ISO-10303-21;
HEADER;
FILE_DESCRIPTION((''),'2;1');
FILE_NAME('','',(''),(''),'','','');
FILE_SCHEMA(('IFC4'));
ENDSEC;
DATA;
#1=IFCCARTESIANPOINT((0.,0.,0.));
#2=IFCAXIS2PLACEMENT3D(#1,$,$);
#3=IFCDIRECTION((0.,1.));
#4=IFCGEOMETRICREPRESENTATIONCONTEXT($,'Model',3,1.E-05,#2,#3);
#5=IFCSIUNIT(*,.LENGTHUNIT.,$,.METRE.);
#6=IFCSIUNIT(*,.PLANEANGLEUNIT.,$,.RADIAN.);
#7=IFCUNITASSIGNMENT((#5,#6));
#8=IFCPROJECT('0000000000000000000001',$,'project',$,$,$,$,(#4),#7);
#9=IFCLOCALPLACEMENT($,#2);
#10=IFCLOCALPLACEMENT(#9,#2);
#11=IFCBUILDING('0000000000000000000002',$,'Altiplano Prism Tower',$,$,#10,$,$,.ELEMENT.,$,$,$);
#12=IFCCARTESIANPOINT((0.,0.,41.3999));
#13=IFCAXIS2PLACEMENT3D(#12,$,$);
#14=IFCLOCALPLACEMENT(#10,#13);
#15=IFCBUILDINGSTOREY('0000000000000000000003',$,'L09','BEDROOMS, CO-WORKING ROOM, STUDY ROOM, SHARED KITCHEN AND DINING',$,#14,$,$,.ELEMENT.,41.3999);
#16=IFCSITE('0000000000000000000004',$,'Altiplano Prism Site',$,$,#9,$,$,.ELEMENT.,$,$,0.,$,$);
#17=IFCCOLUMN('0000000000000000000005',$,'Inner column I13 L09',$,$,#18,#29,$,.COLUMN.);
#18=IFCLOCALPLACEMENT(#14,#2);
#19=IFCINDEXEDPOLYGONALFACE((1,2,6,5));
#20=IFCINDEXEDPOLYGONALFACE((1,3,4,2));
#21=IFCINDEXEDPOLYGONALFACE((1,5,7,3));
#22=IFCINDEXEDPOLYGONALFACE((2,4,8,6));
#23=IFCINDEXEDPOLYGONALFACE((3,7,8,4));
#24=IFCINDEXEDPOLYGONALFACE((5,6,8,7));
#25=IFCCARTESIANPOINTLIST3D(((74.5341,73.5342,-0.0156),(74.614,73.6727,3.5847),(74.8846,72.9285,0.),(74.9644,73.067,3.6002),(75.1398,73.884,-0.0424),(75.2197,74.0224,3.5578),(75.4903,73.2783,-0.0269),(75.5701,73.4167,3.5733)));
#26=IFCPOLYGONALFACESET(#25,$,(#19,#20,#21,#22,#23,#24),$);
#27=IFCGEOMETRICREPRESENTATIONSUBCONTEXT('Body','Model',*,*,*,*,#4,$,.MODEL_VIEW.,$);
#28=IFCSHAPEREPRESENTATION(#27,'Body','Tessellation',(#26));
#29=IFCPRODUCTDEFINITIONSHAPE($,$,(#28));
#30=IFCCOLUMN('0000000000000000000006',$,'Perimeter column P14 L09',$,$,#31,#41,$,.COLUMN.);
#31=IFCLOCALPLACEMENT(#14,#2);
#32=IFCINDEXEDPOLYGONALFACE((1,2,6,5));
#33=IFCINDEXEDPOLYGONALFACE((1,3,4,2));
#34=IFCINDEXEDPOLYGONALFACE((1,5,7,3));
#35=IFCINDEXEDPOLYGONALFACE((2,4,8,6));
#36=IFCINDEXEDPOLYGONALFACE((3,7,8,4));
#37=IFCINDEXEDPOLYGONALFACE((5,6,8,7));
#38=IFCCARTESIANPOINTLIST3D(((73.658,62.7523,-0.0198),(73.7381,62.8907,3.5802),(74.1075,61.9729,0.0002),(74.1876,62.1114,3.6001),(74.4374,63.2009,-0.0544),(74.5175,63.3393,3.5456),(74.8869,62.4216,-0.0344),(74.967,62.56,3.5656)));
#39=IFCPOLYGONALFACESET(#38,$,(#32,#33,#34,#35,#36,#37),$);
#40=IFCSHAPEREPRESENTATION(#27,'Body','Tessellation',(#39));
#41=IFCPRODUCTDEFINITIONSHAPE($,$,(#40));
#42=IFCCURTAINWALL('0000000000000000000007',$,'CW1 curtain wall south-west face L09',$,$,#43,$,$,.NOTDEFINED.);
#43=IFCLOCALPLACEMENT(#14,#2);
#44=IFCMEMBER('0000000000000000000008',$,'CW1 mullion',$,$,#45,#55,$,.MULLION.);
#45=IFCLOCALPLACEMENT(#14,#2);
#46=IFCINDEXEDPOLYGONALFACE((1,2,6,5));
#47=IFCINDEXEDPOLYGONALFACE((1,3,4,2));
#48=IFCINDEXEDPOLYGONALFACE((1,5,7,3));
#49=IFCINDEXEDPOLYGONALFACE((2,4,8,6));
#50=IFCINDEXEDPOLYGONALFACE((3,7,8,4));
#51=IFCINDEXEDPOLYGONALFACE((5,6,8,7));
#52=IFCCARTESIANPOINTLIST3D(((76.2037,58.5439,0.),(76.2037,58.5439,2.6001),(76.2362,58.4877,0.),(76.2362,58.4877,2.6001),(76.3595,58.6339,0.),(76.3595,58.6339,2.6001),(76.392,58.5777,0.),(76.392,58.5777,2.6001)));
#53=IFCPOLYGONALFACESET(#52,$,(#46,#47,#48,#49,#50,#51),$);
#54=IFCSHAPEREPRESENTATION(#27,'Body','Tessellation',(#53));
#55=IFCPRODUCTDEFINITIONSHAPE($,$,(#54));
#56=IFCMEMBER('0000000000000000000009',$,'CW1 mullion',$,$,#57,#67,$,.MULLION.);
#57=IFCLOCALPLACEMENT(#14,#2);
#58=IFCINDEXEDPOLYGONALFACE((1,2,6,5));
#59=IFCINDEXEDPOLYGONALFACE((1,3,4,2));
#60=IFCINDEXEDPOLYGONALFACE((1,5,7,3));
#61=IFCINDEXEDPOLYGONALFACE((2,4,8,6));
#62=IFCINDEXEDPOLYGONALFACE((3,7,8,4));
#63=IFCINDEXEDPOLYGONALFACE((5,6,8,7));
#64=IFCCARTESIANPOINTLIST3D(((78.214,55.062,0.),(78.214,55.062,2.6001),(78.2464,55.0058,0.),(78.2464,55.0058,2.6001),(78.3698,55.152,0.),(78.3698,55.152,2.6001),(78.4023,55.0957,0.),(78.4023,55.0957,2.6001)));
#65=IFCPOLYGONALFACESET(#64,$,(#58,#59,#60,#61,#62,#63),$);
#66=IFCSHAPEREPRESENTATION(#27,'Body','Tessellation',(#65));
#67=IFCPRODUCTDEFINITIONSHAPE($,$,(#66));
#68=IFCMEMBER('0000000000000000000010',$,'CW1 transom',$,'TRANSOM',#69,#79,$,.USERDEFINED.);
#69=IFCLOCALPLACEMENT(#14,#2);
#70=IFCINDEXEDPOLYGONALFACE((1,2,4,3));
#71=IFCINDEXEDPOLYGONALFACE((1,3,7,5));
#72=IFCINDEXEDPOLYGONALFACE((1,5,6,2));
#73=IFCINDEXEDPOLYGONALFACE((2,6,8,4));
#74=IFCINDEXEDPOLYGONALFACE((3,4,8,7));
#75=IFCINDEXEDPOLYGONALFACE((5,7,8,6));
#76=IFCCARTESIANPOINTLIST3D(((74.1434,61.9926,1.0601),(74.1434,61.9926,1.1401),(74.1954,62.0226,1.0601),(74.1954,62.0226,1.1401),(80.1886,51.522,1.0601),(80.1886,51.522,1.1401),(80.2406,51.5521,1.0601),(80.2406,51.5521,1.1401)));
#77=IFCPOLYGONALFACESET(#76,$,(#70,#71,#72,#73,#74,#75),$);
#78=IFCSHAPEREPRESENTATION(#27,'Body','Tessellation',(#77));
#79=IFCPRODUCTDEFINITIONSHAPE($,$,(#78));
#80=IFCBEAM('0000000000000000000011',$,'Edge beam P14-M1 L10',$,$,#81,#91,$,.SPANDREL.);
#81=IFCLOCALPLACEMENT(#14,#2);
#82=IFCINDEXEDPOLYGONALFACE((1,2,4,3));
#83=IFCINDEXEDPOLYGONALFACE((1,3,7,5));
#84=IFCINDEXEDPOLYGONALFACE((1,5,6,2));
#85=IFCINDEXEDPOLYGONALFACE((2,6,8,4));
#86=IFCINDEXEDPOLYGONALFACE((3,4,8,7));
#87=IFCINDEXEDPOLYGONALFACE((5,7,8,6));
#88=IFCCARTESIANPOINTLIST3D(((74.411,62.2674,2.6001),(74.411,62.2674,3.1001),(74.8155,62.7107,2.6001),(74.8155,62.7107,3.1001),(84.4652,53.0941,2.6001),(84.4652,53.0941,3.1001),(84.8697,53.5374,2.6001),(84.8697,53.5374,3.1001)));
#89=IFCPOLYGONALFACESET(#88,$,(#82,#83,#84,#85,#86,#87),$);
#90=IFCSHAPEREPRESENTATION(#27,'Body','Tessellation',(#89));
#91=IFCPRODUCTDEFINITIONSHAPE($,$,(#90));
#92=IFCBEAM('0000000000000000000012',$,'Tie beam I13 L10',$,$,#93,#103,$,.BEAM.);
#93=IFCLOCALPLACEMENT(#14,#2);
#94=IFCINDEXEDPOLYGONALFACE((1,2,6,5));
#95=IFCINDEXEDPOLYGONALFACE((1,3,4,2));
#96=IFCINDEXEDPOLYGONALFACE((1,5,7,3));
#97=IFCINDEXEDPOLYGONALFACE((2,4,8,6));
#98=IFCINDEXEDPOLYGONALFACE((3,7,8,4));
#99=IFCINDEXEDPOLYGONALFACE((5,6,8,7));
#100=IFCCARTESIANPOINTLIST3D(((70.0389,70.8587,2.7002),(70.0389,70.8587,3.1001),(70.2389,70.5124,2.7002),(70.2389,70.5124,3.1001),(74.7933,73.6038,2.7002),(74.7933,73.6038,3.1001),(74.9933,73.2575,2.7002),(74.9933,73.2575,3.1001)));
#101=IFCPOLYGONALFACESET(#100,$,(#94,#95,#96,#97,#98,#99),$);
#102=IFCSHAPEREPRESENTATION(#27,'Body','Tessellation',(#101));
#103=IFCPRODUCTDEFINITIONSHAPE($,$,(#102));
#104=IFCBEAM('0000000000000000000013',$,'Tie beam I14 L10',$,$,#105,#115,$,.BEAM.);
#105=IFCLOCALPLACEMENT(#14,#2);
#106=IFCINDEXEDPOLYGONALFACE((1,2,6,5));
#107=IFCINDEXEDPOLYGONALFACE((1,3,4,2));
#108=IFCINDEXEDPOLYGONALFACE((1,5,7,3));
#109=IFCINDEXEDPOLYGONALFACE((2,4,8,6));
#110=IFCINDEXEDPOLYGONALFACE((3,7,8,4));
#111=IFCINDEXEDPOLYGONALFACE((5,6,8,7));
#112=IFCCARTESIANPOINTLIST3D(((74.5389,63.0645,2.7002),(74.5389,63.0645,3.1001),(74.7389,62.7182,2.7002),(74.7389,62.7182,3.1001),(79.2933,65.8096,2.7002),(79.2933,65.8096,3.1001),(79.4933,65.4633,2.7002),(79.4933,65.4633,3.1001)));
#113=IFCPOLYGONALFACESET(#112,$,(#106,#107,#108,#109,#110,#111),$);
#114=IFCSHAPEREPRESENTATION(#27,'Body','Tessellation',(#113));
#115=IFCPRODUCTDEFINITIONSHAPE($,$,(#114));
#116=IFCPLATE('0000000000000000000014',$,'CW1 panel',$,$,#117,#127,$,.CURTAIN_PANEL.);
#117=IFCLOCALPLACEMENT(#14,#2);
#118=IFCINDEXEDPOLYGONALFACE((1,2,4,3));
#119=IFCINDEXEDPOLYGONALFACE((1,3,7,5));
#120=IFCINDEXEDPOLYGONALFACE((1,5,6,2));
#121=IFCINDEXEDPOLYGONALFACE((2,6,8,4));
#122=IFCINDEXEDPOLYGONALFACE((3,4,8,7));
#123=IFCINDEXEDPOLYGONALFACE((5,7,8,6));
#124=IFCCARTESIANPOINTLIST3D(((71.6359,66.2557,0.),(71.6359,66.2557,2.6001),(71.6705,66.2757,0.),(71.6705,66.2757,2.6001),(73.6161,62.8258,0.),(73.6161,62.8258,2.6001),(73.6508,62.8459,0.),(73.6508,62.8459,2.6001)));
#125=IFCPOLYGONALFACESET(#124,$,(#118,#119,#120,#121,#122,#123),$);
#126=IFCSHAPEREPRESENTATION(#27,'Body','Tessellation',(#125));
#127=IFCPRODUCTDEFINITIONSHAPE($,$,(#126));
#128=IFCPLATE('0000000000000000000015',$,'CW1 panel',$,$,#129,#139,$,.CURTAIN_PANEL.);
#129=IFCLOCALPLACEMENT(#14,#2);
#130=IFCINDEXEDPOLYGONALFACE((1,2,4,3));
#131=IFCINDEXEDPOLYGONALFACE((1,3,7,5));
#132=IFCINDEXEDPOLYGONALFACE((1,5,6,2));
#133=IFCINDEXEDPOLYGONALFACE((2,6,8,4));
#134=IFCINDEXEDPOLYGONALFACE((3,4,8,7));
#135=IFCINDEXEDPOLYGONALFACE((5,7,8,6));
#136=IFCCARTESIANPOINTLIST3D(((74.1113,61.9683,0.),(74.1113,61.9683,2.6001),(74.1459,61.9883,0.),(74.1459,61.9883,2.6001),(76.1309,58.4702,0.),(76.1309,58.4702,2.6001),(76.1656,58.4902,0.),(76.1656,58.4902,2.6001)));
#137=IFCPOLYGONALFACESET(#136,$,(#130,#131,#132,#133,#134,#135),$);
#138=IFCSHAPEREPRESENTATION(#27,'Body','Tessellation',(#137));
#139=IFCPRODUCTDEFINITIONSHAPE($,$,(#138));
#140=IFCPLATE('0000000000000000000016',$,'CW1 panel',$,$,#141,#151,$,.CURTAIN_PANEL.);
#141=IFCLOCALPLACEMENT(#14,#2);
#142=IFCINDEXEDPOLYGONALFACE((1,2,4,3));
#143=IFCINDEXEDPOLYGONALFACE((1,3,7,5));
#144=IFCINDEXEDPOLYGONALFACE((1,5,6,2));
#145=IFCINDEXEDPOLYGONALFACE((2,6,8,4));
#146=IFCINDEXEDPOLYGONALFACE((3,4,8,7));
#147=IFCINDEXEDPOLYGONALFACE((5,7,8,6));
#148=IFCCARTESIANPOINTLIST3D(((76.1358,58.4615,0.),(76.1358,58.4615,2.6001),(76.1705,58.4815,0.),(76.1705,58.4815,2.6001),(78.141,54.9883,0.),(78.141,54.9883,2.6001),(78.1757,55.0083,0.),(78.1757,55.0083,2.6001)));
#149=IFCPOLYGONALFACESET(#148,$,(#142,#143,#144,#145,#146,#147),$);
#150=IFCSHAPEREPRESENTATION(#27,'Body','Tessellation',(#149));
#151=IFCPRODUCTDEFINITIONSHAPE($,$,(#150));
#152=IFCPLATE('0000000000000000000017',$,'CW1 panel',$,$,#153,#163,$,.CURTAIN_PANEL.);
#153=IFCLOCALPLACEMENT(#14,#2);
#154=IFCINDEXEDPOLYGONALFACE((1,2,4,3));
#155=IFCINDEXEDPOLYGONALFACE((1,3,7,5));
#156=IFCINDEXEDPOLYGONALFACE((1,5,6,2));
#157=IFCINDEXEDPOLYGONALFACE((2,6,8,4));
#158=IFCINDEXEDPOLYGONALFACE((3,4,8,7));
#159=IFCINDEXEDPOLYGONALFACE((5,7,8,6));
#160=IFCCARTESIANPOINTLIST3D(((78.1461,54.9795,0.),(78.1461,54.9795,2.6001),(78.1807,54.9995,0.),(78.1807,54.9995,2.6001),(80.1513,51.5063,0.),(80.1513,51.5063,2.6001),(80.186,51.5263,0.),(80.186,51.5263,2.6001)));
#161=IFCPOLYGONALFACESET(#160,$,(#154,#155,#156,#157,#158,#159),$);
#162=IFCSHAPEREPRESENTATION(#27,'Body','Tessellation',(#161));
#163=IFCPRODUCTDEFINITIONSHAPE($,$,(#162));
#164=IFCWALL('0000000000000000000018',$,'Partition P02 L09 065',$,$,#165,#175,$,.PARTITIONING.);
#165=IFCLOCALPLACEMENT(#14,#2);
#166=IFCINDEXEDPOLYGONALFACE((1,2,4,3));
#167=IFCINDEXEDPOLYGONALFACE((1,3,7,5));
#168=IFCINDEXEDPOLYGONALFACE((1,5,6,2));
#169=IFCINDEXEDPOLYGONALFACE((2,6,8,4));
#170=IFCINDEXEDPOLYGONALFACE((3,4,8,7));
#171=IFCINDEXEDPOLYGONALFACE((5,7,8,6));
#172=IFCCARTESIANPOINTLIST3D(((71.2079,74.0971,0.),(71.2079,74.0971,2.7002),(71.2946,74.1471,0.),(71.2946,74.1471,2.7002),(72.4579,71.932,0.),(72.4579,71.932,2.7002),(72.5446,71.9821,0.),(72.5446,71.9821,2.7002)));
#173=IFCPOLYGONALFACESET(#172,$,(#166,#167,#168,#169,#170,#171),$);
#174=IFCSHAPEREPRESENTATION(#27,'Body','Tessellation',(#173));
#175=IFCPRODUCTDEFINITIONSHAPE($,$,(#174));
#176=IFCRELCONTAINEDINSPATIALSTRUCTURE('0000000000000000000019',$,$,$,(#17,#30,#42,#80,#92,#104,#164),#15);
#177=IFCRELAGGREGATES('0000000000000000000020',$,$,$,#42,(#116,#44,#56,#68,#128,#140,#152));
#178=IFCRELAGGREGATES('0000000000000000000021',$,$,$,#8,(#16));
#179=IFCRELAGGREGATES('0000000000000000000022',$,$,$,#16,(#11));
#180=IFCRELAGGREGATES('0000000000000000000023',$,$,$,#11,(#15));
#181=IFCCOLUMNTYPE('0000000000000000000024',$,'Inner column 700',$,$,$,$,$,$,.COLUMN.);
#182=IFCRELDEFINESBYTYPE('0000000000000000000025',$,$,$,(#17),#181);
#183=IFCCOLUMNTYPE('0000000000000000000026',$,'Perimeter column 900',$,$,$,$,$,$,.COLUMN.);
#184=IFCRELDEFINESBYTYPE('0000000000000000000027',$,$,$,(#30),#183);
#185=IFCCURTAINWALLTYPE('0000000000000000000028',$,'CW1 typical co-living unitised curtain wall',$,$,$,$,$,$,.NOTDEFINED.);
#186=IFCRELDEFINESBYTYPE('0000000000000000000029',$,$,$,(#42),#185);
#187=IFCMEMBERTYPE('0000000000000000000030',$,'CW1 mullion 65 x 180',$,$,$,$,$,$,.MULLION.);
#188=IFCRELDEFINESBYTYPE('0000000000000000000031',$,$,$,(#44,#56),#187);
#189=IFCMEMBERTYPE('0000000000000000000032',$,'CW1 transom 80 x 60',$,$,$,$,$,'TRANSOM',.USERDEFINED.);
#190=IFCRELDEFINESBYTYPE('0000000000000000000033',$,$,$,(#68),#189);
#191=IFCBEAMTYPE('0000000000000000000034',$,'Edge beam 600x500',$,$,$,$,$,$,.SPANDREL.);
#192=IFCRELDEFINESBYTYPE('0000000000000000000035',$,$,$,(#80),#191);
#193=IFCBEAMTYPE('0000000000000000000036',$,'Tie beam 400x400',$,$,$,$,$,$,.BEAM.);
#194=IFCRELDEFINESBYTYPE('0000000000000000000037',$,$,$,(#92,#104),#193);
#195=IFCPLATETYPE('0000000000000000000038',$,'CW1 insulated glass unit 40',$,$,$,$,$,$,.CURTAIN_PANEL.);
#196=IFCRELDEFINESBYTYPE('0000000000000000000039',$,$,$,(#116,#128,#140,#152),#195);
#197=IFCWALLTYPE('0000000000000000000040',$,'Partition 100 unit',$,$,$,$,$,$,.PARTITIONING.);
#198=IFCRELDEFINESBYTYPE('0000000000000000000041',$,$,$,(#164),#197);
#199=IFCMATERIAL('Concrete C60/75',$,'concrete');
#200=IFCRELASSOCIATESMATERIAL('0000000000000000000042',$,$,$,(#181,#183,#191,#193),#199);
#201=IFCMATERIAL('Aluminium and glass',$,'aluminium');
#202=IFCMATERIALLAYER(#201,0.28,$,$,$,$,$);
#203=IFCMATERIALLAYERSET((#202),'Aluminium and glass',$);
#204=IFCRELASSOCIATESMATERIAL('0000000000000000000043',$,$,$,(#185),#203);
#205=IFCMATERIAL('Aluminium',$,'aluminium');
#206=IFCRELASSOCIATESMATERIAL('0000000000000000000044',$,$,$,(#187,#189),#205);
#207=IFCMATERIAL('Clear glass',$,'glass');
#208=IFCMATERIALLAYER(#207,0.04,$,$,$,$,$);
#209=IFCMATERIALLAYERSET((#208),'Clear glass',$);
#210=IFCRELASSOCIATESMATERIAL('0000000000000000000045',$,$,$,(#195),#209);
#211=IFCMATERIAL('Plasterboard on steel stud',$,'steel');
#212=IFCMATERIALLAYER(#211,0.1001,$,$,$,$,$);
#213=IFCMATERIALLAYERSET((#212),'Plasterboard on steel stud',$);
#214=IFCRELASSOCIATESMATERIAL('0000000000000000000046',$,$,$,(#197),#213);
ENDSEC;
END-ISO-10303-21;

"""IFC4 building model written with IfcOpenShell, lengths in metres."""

from ifc_helpers import new_model, si_unit, direction, frame, frame_2d, origin, origin_2d, place, context, subcontext, project, spatial, rectangle, extrude, material, layer, layer_set, material_profile, profile_set, type_object, element, aggregate, save


model = new_model("IFC4")

# Units and contexts
model_context = context("Model", 3, precision=1e-05, world=origin(), true_north=direction((0.0, 1.0)))
body_context = subcontext(model_context, "Body", "Model", "MODEL_VIEW")
ifc_project = project(units=[si_unit("LENGTHUNIT", "METRE"), si_unit("PLANEANGLEUNIT", "RADIAN")], contexts=[model_context])

# Site, building, storey
site_placement = place(None, origin())
site = spatial("IfcSite", under=ifc_project, at=site_placement, Name="Altiplano Prism Site", CompositionType="ELEMENT", RefElevation=0.0)
building_placement = place(site_placement, origin())
building = spatial("IfcBuilding", under=site, at=building_placement, Name="Altiplano Prism Tower", CompositionType="ELEMENT")
storey_placement = place(building_placement, frame((0.0, 0.0, 41.3999)))
storey = spatial("IfcBuildingStorey", under=building, at=storey_placement, Name="L09", Description="BEDROOMS, CO-WORKING ROOM, STUDY ROOM, SHARED KITCHEN AND DINING", CompositionType="ELEMENT", Elevation=41.3999)

# Columns
ifc_material_1 = material(Name="Concrete C60/75", Category="concrete")
ifc_material_profile_1 = material_profile(ifc_material_1, rectangle(XDim=0.7, YDim=0.7, at=origin_2d()), Name="Inner column 700")
ifc_profile_set_1 = profile_set([ifc_material_profile_1], Name="Concrete C60/75")
column_type_1 = type_object("IfcColumnType", Name="Inner column 700", PredefinedType="COLUMN", material=ifc_profile_set_1)
column_1_placement = place(storey_placement, frame((75.0122, 73.4062, -0.0212), z_axis=(0.022154, 0.038413, 0.999016), x_axis=(-0.865365, -0.499669, 0.038403)))
element("IfcColumn", 1, at=column_1_placement, inside=storey, type_object=column_type_1, Name="Inner column I13 L09", PredefinedType="COLUMN", context=body_context, shape_type="SweptSolid", body=[
    extrude(rectangle(XDim=0.7, YDim=0.7, at=origin_2d()), origin(), (0.0, 0.0, 1.0), 3.6038),
])
ifc_material_profile_2 = material_profile(ifc_material_1, rectangle(XDim=0.8999, YDim=0.8999, at=origin_2d()), Name="Perimeter column 900")
ifc_profile_set_2 = profile_set([ifc_material_profile_2], Name="Concrete C60/75")
column_type_2 = type_object("IfcColumnType", Name="Perimeter column 900", PredefinedType="COLUMN", material=ifc_profile_set_2)
column_2_placement = place(storey_placement, frame((74.2725, 62.5869, -0.0271), z_axis=(0.022223, 0.038416, 0.999015), x_axis=(-0.866024, -0.498523, 0.038435)))
element("IfcColumn", 2, at=column_2_placement, inside=storey, type_object=column_type_2, Name="Perimeter column P14 L09", PredefinedType="COLUMN", context=body_context, shape_type="SweptSolid", body=[
    extrude(rectangle(XDim=0.8999, YDim=0.8999, at=origin_2d()), origin(), (0.0, 0.0, 1.0), 3.6035),
])

# Curtain wall, members
ifc_material_2 = material(Name="Aluminium and glass", Category="aluminium")
ifc_layer_1 = layer(ifc_material_2, 0.28)
ifc_layer_set_1 = layer_set([ifc_layer_1], Name="Aluminium and glass")
curtain_wall_type = type_object("IfcCurtainWallType", Name="CW1 typical co-living unitised curtain wall", PredefinedType="NOTDEFINED", material=ifc_layer_set_1)
curtain_wall_placement = place(storey_placement, origin())
curtain_wall = element("IfcCurtainWall", 3, at=curtain_wall_placement, inside=storey, type_object=curtain_wall_type, Name="CW1 curtain wall south-west face L09", PredefinedType="NOTDEFINED")
ifc_material_3 = material(Name="Aluminium", Category="aluminium")
ifc_material_profile_3 = material_profile(ifc_material_3, rectangle(XDim=0.1799, YDim=0.0649, at=origin_2d()), Name="CW1 mullion 65 x 180")
ifc_profile_set_3 = profile_set([ifc_material_profile_3], Name="Aluminium")
member_type_1 = type_object("IfcMemberType", Name="CW1 mullion 65 x 180", PredefinedType="MULLION", material=ifc_profile_set_3)
member_1_placement = place(storey_placement, frame((76.2979, 58.5608, 0.0), z_axis=(0.0, 0.0, 1.0), x_axis=(0.866025, 0.5, 0.0)))
member_1 = element("IfcMember", 4, at=member_1_placement, type_object=member_type_1, Name="CW1 mullion", PredefinedType="MULLION", context=body_context, shape_type="SweptSolid", body=[
    extrude(rectangle(XDim=0.1799, YDim=0.0649, at=origin_2d()), origin(), (0.0, 0.0, 1.0), 2.6001),
])
member_2_placement = place(storey_placement, frame((78.3081, 55.0789, 0.0), z_axis=(0.0, 0.0, 1.0), x_axis=(0.866025, 0.5, 0.0)))
member_2 = element("IfcMember", 5, at=member_2_placement, type_object=member_type_1, Name="CW1 mullion", PredefinedType="MULLION", context=body_context, shape_type="SweptSolid", body=[
    extrude(rectangle(XDim=0.1799, YDim=0.0649, at=origin_2d()), origin(), (0.0, 0.0, 1.0), 2.6001),
])
ifc_material_profile_4 = material_profile(ifc_material_3, rectangle(XDim=0.0601, YDim=0.0801, at=origin_2d()), Name="CW1 transom 80 x 60")
ifc_profile_set_4 = profile_set([ifc_material_profile_4], Name="Aluminium")
member_type_2 = type_object("IfcMemberType", Name="CW1 transom 80 x 60", ElementType="TRANSOM", PredefinedType="USERDEFINED", material=ifc_profile_set_4)
member_3_placement = place(storey_placement, frame((74.1694, 62.0076, 1.1001), z_axis=(0.500003, -0.866024, 0.0), x_axis=(0.866024, 0.500003, 0.0)))
member_3 = element("IfcMember", 6, at=member_3_placement, type_object=member_type_2, Name="CW1 transom", ObjectType="TRANSOM", PredefinedType="USERDEFINED", context=body_context, shape_type="SweptSolid", body=[
    extrude(rectangle(XDim=0.0601, YDim=0.0801, at=origin_2d()), origin(), (0.0, 0.0, 1.0), 12.0903),
])

# Beams
ifc_material_profile_5 = material_profile(ifc_material_1, rectangle(XDim=0.6001, YDim=0.5, at=origin_2d()), Name="Edge beam 600x500")
ifc_profile_set_5 = profile_set([ifc_material_profile_5], Name="Concrete C60/75")
beam_type_1 = type_object("IfcBeamType", Name="Edge beam 600x500", PredefinedType="SPANDREL", material=ifc_profile_set_5)
beam_placement = place(storey_placement, frame((74.6133, 62.489, 2.8501), z_axis=(0.738726, -0.674006, 0.0), x_axis=(0.674006, 0.738726, 0.0)))
element("IfcBeam", 7, at=beam_placement, inside=storey, type_object=beam_type_1, Name="Edge beam P14-M1 L10", PredefinedType="SPANDREL", context=body_context, shape_type="SweptSolid", body=[
    extrude(rectangle(XDim=0.6001, YDim=0.5, at=origin_2d()), origin(), (0.0, 0.0, 1.0), 13.6101),
])
ifc_material_profile_6 = material_profile(ifc_material_1, rectangle(XDim=0.3999, YDim=0.3999, at=origin_2d()), Name="Tie beam 400x400")
ifc_profile_set_6 = profile_set([ifc_material_profile_6], Name="Concrete C60/75")
beam_type_2 = type_object("IfcBeamType", Name="Tie beam 400x400", PredefinedType="BEAM", material=ifc_profile_set_6)
for number, where, z_axis, x_axis, name in (
    (8, (74.8933, 73.4307, 2.9001), (-0.866012, -0.500023, 0.0), (0.500023, -0.866012, 0.0), "Tie beam I13 L10"),
    (9, (79.3933, 65.6365, 2.9001), (-0.866012, -0.500023, 0.0), (0.500023, -0.866012, 0.0), "Tie beam I14 L10"),
):
    element("IfcBeam", number, at=place(storey_placement, frame(where, z_axis=z_axis, x_axis=x_axis)), inside=storey, type_object=beam_type_2, Name=name, PredefinedType="BEAM", context=body_context, shape_type="SweptSolid", body=[
        extrude(rectangle(XDim=0.3999, YDim=0.3999, at=origin_2d()), origin(), (0.0, 0.0, 1.0), 5.49),
    ])

# Plates
ifc_material_4 = material(Name="Clear glass", Category="glass")
ifc_layer_2 = layer(ifc_material_4, 0.04)
ifc_layer_set_2 = layer_set([ifc_layer_2], Name="Clear glass")
plate_type = type_object("IfcPlateType", Name="CW1 insulated glass unit 40", PredefinedType="CURTAIN_PANEL", material=ifc_layer_set_2)
plate_1_placement = place(storey_placement, frame((72.6433, 64.5508, 0.0), z_axis=(0.0, 0.0, 1.0), x_axis=(0.5, -0.866025, 0.0)))
plate_1 = element("IfcPlate", 10, at=plate_1_placement, type_object=plate_type, Name="CW1 panel", PredefinedType="CURTAIN_PANEL", context=body_context, shape_type="SweptSolid", body=[
    extrude(rectangle(XDim=3.9604, YDim=0.04, at=origin_2d()), origin(), (0.0, 0.0, 1.0), 2.6001),
])
plate_2_placement = place(storey_placement, frame((75.1384, 60.2292, 0.0), z_axis=(0.0, 0.0, 1.0), x_axis=(0.5, -0.866025, 0.0)))
plate_2 = element("IfcPlate", 11, at=plate_2_placement, type_object=plate_type, Name="CW1 panel", PredefinedType="CURTAIN_PANEL", context=body_context, shape_type="SweptSolid", body=[
    extrude(rectangle(XDim=4.0393, YDim=0.04, at=origin_2d()), origin(), (0.0, 0.0, 1.0), 2.6001),
])
plate_3_placement = place(storey_placement, frame((77.1558, 56.7349, 0.0), z_axis=(0.0, 0.0, 1.0), x_axis=(0.5, -0.866025, 0.0)))
plate_3 = element("IfcPlate", 12, at=plate_3_placement, type_object=plate_type, Name="CW1 panel", PredefinedType="CURTAIN_PANEL", context=body_context, shape_type="SweptSolid", body=[
    extrude(rectangle(XDim=4.0105, YDim=0.04, at=origin_2d()), origin(), (0.0, 0.0, 1.0), 2.6001),
])
plate_4_placement = place(storey_placement, frame((79.166, 53.2529, 0.0), z_axis=(0.0, 0.0, 1.0), x_axis=(0.5, -0.866025, 0.0)))
plate_4 = element("IfcPlate", 13, at=plate_4_placement, type_object=plate_type, Name="CW1 panel", PredefinedType="CURTAIN_PANEL", context=body_context, shape_type="SweptSolid", body=[
    extrude(rectangle(XDim=4.0105, YDim=0.04, at=origin_2d()), origin(), (0.0, 0.0, 1.0), 2.6001),
])
aggregate(curtain_wall, [plate_1, member_1, member_2, member_3, plate_2, plate_3, plate_4])

# Wall
ifc_material_5 = material(Name="Plasterboard on steel stud", Category="steel")
ifc_layer_3 = layer(ifc_material_5, 0.1001)
ifc_layer_set_3 = layer_set([ifc_layer_3], Name="Plasterboard on steel stud")
wall_type_1 = type_object("IfcWallType", Name="Partition 100 unit", PredefinedType="PARTITIONING", material=ifc_layer_set_3)
wall_1_placement = place(storey_placement, frame((72.5012, 71.957, 0.0), z_axis=(0.0, 0.0, 1.0), x_axis=(-0.500004, 0.866023, 0.0)))
element("IfcWall", 14, at=wall_1_placement, inside=storey, type_object=wall_type_1, Name="Partition P02 L09 065", PredefinedType="PARTITIONING", context=body_context, shape_type="SweptSolid", body=[
    extrude(rectangle(XDim=2.5, YDim=0.1001, at=frame_2d((1.25, 0.0))), origin(), (0.0, 0.0, 1.0), 2.7002),
])

save(model, "model.ifc")
